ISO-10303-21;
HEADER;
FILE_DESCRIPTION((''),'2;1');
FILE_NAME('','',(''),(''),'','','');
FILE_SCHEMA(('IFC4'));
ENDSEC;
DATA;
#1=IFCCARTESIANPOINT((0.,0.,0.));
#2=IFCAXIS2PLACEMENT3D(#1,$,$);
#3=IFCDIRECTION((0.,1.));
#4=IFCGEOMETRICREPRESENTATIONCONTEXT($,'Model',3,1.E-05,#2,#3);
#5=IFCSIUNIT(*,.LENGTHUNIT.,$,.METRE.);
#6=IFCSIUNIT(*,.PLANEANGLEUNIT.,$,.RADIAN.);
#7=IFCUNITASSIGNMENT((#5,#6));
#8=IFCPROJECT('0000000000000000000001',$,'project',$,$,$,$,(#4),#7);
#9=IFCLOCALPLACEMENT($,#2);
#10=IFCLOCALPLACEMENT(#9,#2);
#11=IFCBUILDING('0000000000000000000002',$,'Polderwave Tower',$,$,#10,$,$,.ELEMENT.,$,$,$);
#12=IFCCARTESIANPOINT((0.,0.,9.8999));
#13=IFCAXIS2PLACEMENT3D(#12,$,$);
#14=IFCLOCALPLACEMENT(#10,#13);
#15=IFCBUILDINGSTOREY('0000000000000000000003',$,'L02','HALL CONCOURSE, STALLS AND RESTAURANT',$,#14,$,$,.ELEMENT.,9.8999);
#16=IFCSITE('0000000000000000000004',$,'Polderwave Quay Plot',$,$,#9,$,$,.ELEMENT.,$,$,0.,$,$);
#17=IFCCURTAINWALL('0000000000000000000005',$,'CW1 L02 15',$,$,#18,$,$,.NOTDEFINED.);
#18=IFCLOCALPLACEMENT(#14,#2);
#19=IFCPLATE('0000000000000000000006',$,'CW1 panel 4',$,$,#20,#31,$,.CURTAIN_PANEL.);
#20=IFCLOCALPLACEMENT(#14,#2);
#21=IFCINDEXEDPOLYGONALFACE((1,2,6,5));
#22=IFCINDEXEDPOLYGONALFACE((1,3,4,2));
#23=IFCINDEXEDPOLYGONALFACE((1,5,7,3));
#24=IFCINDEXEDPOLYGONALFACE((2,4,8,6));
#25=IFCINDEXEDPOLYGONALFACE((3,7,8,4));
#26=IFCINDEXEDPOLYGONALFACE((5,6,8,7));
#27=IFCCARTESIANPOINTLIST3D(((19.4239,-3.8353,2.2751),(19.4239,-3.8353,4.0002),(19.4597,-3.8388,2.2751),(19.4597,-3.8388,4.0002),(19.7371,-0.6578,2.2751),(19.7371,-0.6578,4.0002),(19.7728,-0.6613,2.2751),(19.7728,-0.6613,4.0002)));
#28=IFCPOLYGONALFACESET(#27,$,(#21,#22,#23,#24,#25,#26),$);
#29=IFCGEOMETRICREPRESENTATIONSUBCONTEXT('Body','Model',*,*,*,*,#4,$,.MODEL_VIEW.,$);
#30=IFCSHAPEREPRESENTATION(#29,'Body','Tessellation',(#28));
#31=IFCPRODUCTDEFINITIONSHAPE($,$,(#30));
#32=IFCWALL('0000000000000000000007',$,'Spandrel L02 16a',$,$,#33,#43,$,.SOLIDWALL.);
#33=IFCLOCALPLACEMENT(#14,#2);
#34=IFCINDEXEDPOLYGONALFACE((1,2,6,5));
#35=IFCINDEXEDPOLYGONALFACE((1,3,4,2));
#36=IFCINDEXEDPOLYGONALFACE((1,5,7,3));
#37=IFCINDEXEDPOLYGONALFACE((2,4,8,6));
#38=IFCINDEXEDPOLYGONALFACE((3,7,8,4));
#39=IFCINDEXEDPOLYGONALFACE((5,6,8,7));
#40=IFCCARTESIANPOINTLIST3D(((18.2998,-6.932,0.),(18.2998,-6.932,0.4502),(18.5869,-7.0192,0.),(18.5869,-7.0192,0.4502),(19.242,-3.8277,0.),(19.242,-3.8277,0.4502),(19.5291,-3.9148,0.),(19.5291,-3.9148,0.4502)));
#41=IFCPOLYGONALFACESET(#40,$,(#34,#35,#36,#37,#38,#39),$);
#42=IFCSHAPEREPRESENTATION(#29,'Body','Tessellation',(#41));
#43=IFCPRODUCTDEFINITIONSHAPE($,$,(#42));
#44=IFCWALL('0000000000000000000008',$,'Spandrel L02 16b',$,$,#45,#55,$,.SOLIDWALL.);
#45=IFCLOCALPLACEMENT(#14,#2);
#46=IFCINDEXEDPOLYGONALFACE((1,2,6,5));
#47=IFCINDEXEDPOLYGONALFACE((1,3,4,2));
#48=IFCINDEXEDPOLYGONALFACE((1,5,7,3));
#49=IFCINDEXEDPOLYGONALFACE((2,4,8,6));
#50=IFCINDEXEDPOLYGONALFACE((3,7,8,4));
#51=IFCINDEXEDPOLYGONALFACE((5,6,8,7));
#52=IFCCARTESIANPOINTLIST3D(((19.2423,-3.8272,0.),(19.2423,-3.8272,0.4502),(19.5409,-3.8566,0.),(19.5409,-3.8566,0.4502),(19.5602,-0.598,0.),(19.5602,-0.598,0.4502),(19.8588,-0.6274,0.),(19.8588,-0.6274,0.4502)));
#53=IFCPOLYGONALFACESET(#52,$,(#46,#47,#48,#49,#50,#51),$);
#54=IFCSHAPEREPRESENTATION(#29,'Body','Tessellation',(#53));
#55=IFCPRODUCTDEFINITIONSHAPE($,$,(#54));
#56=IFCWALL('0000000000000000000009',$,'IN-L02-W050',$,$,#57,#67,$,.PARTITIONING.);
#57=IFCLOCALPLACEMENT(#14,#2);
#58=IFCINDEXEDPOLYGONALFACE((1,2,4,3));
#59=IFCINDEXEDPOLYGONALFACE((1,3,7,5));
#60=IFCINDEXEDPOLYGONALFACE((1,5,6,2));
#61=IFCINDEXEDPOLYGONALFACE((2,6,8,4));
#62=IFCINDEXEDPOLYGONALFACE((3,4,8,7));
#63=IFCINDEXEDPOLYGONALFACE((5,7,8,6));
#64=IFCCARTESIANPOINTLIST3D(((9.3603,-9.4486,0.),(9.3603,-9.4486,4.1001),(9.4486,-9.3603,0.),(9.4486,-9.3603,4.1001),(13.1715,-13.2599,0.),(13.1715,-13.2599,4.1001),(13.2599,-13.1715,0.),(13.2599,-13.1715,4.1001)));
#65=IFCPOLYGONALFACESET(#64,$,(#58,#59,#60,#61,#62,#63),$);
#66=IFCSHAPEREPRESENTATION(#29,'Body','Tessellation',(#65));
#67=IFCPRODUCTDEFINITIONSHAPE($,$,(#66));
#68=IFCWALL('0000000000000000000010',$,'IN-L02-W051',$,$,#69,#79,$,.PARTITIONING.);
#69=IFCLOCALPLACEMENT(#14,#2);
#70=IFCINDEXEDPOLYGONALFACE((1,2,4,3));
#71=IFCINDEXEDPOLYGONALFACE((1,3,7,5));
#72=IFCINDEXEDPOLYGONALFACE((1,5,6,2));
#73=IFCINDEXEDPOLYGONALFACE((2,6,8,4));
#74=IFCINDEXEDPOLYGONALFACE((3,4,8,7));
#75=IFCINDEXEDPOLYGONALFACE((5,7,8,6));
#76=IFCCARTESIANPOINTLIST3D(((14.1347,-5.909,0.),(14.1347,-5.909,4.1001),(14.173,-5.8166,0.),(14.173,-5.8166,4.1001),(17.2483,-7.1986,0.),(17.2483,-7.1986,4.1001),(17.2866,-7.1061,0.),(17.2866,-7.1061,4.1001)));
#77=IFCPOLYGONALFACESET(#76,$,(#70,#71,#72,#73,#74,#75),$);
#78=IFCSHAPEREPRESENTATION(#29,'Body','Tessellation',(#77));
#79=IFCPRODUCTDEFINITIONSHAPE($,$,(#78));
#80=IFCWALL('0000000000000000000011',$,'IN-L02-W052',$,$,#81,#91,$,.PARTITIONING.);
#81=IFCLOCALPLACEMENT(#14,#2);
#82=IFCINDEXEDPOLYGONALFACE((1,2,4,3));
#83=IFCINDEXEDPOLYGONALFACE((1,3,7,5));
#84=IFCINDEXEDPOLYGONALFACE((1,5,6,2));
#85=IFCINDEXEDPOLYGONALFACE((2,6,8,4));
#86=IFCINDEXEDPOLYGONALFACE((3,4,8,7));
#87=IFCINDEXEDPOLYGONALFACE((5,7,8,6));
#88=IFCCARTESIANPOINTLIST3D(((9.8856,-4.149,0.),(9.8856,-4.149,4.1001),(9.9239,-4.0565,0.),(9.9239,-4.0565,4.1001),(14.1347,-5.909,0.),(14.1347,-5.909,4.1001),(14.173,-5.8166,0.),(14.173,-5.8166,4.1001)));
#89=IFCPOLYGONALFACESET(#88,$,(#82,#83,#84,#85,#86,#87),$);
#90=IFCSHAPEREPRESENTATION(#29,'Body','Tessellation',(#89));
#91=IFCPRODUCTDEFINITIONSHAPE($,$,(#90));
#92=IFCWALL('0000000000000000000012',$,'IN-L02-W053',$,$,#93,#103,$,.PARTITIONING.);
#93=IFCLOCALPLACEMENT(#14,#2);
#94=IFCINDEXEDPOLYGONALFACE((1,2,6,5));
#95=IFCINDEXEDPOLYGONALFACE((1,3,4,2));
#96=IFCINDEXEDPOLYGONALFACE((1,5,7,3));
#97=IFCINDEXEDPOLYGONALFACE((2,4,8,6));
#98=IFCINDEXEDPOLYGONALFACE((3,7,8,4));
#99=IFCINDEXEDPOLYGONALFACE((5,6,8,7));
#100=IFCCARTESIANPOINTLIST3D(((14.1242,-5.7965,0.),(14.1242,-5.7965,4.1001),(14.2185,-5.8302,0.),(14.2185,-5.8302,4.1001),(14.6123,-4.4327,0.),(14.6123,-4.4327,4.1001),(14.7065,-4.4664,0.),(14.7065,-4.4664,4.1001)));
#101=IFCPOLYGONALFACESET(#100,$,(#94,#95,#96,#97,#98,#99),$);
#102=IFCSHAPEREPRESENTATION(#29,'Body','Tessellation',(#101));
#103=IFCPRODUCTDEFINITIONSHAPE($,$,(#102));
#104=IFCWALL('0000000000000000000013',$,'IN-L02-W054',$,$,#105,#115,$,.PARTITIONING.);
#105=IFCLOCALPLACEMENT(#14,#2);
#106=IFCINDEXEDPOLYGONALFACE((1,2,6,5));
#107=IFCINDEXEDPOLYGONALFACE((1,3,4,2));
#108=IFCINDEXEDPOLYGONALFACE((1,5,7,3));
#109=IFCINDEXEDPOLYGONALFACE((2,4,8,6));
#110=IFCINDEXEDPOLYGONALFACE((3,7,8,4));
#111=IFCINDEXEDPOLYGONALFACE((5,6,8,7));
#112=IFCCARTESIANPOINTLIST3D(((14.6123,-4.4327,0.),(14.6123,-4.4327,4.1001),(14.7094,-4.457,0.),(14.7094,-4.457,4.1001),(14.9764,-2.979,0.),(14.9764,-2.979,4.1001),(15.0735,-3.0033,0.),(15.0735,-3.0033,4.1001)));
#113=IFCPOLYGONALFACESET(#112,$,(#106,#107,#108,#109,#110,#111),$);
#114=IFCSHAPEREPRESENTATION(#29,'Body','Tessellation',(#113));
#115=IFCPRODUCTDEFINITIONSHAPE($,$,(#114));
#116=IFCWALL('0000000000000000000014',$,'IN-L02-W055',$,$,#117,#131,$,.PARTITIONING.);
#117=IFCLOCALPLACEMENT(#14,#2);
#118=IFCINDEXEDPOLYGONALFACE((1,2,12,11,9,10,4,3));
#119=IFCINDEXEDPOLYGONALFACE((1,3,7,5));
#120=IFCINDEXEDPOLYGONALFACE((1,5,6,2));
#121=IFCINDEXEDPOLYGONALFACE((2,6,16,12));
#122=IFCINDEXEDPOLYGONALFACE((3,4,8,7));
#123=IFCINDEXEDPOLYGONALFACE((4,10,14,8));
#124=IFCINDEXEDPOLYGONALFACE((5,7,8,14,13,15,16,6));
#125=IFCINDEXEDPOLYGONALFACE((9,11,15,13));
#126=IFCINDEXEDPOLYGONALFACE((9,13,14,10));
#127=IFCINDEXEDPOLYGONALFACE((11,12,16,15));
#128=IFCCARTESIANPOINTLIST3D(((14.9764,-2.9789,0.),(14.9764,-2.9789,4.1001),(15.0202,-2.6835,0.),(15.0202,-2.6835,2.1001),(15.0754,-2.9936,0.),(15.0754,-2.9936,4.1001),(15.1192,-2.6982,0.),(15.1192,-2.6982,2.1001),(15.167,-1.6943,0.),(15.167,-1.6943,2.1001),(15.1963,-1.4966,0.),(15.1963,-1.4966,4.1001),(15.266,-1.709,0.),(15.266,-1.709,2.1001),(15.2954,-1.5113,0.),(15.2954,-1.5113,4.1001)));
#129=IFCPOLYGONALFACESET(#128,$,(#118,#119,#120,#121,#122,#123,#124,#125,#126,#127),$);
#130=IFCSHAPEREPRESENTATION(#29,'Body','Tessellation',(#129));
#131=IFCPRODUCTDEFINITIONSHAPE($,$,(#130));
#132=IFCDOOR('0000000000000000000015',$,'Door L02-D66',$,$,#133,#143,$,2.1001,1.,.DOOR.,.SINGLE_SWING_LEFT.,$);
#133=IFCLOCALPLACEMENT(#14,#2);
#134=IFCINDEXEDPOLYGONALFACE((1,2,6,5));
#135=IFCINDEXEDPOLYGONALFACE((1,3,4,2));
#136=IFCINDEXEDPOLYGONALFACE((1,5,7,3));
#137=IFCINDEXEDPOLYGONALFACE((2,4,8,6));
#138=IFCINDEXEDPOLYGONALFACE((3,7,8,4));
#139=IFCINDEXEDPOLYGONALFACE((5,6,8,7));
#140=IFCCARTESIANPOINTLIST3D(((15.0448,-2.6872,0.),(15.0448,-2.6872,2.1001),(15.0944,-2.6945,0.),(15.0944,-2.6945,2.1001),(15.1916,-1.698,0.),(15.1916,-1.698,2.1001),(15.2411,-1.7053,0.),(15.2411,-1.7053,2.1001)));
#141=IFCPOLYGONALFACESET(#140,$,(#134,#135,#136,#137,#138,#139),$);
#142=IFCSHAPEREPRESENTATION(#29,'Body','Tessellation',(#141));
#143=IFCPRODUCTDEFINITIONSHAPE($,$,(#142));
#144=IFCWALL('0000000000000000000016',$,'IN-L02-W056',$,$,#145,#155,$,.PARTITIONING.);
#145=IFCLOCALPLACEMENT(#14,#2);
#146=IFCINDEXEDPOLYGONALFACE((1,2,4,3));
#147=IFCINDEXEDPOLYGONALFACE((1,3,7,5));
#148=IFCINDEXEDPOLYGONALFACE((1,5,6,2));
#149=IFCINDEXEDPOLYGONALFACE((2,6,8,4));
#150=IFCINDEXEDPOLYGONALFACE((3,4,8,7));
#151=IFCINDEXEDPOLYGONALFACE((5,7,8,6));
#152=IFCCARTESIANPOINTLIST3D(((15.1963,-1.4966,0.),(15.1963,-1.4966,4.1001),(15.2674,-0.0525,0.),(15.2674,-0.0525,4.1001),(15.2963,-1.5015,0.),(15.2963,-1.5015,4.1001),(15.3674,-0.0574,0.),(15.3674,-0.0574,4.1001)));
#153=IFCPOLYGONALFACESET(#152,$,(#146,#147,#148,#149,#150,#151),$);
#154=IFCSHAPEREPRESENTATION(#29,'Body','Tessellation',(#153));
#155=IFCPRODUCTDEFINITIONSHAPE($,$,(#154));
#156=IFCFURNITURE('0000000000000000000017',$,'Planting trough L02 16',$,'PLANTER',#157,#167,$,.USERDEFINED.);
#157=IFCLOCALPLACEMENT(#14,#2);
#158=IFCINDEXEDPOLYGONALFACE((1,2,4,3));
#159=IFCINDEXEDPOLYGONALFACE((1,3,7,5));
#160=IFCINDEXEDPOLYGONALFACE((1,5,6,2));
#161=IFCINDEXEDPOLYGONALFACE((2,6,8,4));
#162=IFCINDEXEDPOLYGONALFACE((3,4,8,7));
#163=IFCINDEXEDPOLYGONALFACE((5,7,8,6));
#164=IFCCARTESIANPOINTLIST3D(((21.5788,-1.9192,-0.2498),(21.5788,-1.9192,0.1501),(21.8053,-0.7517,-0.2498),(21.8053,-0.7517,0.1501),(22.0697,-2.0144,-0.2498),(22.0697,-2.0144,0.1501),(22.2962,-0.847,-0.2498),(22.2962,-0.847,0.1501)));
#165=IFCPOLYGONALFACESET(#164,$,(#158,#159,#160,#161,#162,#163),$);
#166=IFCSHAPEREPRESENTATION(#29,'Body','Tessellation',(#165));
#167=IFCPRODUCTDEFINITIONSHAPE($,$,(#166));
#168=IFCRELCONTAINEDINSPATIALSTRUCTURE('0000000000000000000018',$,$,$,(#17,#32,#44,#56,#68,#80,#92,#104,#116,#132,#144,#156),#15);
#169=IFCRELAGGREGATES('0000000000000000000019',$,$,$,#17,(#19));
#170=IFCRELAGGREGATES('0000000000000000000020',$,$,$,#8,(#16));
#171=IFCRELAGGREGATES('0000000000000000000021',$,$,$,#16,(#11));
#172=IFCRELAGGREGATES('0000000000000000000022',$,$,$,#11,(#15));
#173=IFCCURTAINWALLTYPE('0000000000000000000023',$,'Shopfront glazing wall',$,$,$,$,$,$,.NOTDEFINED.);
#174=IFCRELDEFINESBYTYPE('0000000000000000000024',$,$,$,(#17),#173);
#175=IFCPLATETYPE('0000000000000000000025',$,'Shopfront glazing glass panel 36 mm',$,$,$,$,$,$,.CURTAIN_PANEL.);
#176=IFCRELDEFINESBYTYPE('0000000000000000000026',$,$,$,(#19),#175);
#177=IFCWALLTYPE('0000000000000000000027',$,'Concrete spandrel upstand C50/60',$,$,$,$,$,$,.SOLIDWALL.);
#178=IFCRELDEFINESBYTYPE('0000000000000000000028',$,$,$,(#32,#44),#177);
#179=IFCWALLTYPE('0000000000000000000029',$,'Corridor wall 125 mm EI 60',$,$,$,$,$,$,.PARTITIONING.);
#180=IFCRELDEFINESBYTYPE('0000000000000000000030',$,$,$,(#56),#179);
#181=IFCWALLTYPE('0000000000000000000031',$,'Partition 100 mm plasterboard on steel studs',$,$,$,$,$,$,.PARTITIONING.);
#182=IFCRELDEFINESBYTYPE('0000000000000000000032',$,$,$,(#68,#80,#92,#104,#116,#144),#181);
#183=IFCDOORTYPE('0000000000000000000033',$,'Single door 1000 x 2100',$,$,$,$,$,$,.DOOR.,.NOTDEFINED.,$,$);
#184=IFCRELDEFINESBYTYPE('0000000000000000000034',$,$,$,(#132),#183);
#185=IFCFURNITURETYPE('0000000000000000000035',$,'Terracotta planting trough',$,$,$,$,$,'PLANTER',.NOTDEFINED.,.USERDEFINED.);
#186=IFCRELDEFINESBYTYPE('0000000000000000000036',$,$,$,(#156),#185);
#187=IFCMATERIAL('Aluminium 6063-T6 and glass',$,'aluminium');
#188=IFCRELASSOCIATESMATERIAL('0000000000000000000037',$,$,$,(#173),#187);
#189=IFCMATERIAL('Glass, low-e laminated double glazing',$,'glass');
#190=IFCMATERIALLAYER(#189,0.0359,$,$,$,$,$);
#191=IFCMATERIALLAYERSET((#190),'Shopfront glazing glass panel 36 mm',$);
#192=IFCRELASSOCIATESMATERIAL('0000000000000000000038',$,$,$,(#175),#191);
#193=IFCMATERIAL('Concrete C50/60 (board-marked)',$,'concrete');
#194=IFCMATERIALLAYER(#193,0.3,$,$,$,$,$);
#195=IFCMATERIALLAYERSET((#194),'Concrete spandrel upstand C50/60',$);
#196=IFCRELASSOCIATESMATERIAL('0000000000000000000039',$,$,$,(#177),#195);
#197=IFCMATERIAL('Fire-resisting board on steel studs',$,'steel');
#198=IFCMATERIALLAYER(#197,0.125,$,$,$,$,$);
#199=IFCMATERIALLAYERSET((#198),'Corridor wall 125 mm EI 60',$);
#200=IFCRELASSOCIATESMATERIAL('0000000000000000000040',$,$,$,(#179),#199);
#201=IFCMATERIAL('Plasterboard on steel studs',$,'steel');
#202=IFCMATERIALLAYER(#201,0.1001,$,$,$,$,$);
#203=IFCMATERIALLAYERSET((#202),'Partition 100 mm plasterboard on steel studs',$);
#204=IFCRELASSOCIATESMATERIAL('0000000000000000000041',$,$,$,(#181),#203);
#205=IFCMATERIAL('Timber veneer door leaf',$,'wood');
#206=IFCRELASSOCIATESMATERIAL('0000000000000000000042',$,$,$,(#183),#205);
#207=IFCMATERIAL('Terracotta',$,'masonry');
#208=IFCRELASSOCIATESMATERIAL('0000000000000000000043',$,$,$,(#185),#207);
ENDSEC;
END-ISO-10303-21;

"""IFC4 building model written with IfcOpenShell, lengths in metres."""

from ifc_helpers import new_model, si_unit, direction, frame, frame_2d, origin, origin_2d, place, context, subcontext, project, spatial, rectangle, extrude, material, layer, layer_set, type_object, element, fill, aggregate, save


model = new_model("IFC4")

# Units and contexts
model_context = context("Model", 3, precision=1e-05, world=origin(), true_north=direction((0.0, 1.0)))
body_context = subcontext(model_context, "Body", "Model", "MODEL_VIEW")
ifc_project = project(units=[si_unit("LENGTHUNIT", "METRE"), si_unit("PLANEANGLEUNIT", "RADIAN")], contexts=[model_context])

# Site, building, storey
site_placement = place(None, origin())
site = spatial("IfcSite", under=ifc_project, at=site_placement, Name="Polderwave Quay Plot", CompositionType="ELEMENT", RefElevation=0.0)
building_placement = place(site_placement, origin())
building = spatial("IfcBuilding", under=site, at=building_placement, Name="Polderwave Tower", CompositionType="ELEMENT")
storey_placement = place(building_placement, frame((0.0, 0.0, 9.8999)))
storey = spatial("IfcBuildingStorey", under=building, at=storey_placement, Name="L02", Description="HALL CONCOURSE, STALLS AND RESTAURANT", CompositionType="ELEMENT", Elevation=9.8999)

# Shared definitions
ifc_material_1 = material(Name="Aluminium 6063-T6 and glass", Category="aluminium")
curtain_wall_type = type_object("IfcCurtainWallType", Name="Shopfront glazing wall", PredefinedType="NOTDEFINED", material=ifc_material_1)

# Curtain wall, plate
curtain_wall_1_placement = place(storey_placement, origin())
curtain_wall_1 = element("IfcCurtainWall", 1, at=curtain_wall_1_placement, inside=storey, type_object=curtain_wall_type, Name="CW1 L02 15", PredefinedType="NOTDEFINED")
ifc_material_2 = material(Name="Glass, low-e laminated double glazing", Category="glass")
ifc_layer_1 = layer(ifc_material_2, 0.0359)
ifc_layer_set_1 = layer_set([ifc_layer_1], Name="Shopfront glazing glass panel 36 mm")
plate_type = type_object("IfcPlateType", Name="Shopfront glazing glass panel 36 mm", PredefinedType="CURTAIN_PANEL", material=ifc_layer_set_1)
plate_1_placement = place(storey_placement, frame((19.5984, -2.2483, 2.2751), z_axis=(0.0, 0.0, 1.0), x_axis=(0.098087, 0.995178, 0.0)))
plate_1 = element("IfcPlate", 2, at=plate_1_placement, type_object=plate_type, Name="CW1 panel 4", PredefinedType="CURTAIN_PANEL", context=body_context, shape_type="SweptSolid", body=[
    extrude(rectangle(XDim=3.1929, YDim=0.0359, at=origin_2d()), origin(), (0.0, 0.0, 1.0), 1.7251),
])
aggregate(curtain_wall_1, [plate_1])

# Walls
ifc_material_3 = material(Name="Concrete C50/60 (board-marked)", Category="concrete")
ifc_layer_2 = layer(ifc_material_3, 0.3)
ifc_layer_set_2 = layer_set([ifc_layer_2], Name="Concrete spandrel upstand C50/60")
wall_type_1 = type_object("IfcWallType", Name="Concrete spandrel upstand C50/60", PredefinedType="SOLIDWALL", material=ifc_layer_set_2)
wall_1_placement = place(storey_placement, frame((18.4434, -6.9756, 0.0), z_axis=(0.0, 0.0, 1.0), x_axis=(0.290419, 0.9569, 0.0)))
element("IfcWall", 3, at=wall_1_placement, inside=storey, type_object=wall_type_1, Name="Spandrel L02 16a", PredefinedType="SOLIDWALL", context=body_context, shape_type="SweptSolid", body=[
    extrude(rectangle(XDim=3.2441, YDim=0.3, at=frame_2d((1.6221, 0.0))), origin(), (0.0, 0.0, 1.0), 0.4502),
])
wall_2_placement = place(storey_placement, frame((19.3916, -3.842, 0.0), z_axis=(0.0, 0.0, 1.0), x_axis=(0.097962, 0.99519, 0.0)))
element("IfcWall", 4, at=wall_2_placement, inside=storey, type_object=wall_type_1, Name="Spandrel L02 16b", PredefinedType="SOLIDWALL", context=body_context, shape_type="SweptSolid", body=[
    extrude(rectangle(XDim=3.2449, YDim=0.3, at=frame_2d((1.6226, 0.0))), origin(), (0.0, 0.0, 1.0), 0.4502),
])
ifc_material_4 = material(Name="Fire-resisting board on steel studs", Category="steel")
ifc_layer_3 = layer(ifc_material_4, 0.125)
ifc_layer_set_3 = layer_set([ifc_layer_3], Name="Corridor wall 125 mm EI 60")
wall_type_2 = type_object("IfcWallType", Name="Corridor wall 125 mm EI 60", PredefinedType="PARTITIONING", material=ifc_layer_set_3)
wall_3_placement = place(storey_placement, frame((9.4045, -9.4045, 0.0), z_axis=(0.0, 0.0, 1.0), x_axis=(0.707107, -0.707107, 0.0)))
element("IfcWall", 5, at=wall_3_placement, inside=storey, type_object=wall_type_2, Name="IN-L02-W050", PredefinedType="PARTITIONING", context=body_context, shape_type="SweptSolid", body=[
    extrude(rectangle(XDim=5.3899, YDim=0.125, at=frame_2d((2.6948, 0.0))), origin(), (0.0, 0.0, 1.0), 4.1001),
])
ifc_material_5 = material(Name="Plasterboard on steel studs", Category="steel")
ifc_layer_4 = layer(ifc_material_5, 0.1001)
ifc_layer_set_4 = layer_set([ifc_layer_4], Name="Partition 100 mm plasterboard on steel studs")
wall_type_3 = type_object("IfcWallType", Name="Partition 100 mm plasterboard on steel studs", PredefinedType="PARTITIONING", material=ifc_layer_set_4)
wall_4_placement = place(storey_placement, frame((14.1538, -5.8628, 0.0), z_axis=(0.0, 0.0, 1.0), x_axis=(0.923891, -0.382655, 0.0)))
element("IfcWall", 6, at=wall_4_placement, inside=storey, type_object=wall_type_3, Name="IN-L02-W051", PredefinedType="PARTITIONING", context=body_context, shape_type="SweptSolid", body=[
    extrude(rectangle(XDim=3.3701, YDim=0.1001, at=frame_2d((1.6851, 0.0))), origin(), (0.0, 0.0, 1.0), 4.1001),
])
wall_5_placement = place(storey_placement, frame((9.9048, -4.1028, 0.0), z_axis=(0.0, 0.0, 1.0), x_axis=(0.923879, -0.382685, 0.0)))
element("IfcWall", 7, at=wall_5_placement, inside=storey, type_object=wall_type_3, Name="IN-L02-W052", PredefinedType="PARTITIONING", context=body_context, shape_type="SweptSolid", body=[
    extrude(rectangle(XDim=4.5991, YDim=0.1001, at=frame_2d((2.2996, 0.0))), origin(), (0.0, 0.0, 1.0), 4.1001),
])
wall_6_placement = place(storey_placement, frame((14.1714, -5.8132, 0.0), z_axis=(0.0, 0.0, 1.0), x_axis=(0.336934, 0.941528, 0.0)))
element("IfcWall", 8, at=wall_6_placement, inside=storey, type_object=wall_type_3, Name="IN-L02-W053", PredefinedType="PARTITIONING", context=body_context, shape_type="SweptSolid", body=[
    extrude(rectangle(XDim=1.4485, YDim=0.1001, at=frame_2d((0.7241, 0.0))), origin(), (0.0, 0.0, 1.0), 4.1001),
])
wall_7_placement = place(storey_placement, frame((14.6609, -4.4448, 0.0), z_axis=(0.0, 0.0, 1.0), x_axis=(0.242919, 0.970047, 0.0)))
element("IfcWall", 9, at=wall_7_placement, inside=storey, type_object=wall_type_3, Name="IN-L02-W054", PredefinedType="PARTITIONING", context=body_context, shape_type="SweptSolid", body=[
    extrude(rectangle(XDim=1.4985, YDim=0.1001, at=frame_2d((0.7493, 0.0))), origin(), (0.0, 0.0, 1.0), 4.1001),
])

# Wall, opening, door
wall_8_placement = place(storey_placement, frame((15.2458, -1.5039, 0.0), z_axis=(0.0, 0.0, 1.0), x_axis=(-0.146779, -0.989169, 0.0)))
wall_8 = element("IfcWall", 10, at=wall_8_placement, inside=storey, type_object=wall_type_3, Name="IN-L02-W055", PredefinedType="PARTITIONING", context=body_context, shape_type="SweptSolid", body=[
    extrude(rectangle(XDim=1.4985, YDim=0.1001, at=frame_2d((0.7493, 0.0))), origin(), (0.0, 0.0, 1.0), 4.1001),
])
opening_placement = place(wall_8_placement, frame((0.2, 0.0, 0.0)))
opening = element("IfcOpeningElement", 11, at=opening_placement, cuts=wall_8, PredefinedType="OPENING", context=body_context, shape_type="SweptSolid", body=[
    extrude(rectangle(XDim=1.0, YDim=2.1001, at=frame_2d((0.5, 1.05))), frame((0.0, 0.0601, 0.0), z_axis=(0.0, -1.0, 0.0), x_axis=(1.0, 0.0, 0.0)), (0.0, 0.0, 1.0), 0.1201),
])
ifc_material_6 = material(Name="Timber veneer door leaf", Category="wood")
door_type = type_object("IfcDoorType", Name="Single door 1000 x 2100", OperationType="NOTDEFINED", PredefinedType="DOOR", material=ifc_material_6)
door_placement = place(opening_placement, origin())
door = element("IfcDoor", 12, at=door_placement, inside=storey, type_object=door_type, Name="Door L02-D66", OperationType="SINGLE_SWING_LEFT", OverallHeight=2.1001, OverallWidth=1.0, PredefinedType="DOOR", context=body_context, shape_type="SweptSolid", body=[
    extrude(rectangle(XDim=1.0, YDim=2.1001, at=frame_2d((0.5, 1.05))), frame((0.0, 0.0249, 0.0), z_axis=(0.0, -1.0, 0.0), x_axis=(1.0, 0.0, 0.0)), (0.0, 0.0, 1.0), 0.05),
])
fill(opening, door)

# Wall
wall_9_placement = place(storey_placement, frame((15.2463, -1.499, 0.0), z_axis=(0.0, 0.0, 1.0), x_axis=(0.049138, 0.998792, 0.0)))
element("IfcWall", 13, at=wall_9_placement, inside=storey, type_object=wall_type_3, Name="IN-L02-W056", PredefinedType="PARTITIONING", context=body_context, shape_type="SweptSolid", body=[
    extrude(rectangle(XDim=1.4458, YDim=0.1001, at=frame_2d((0.7229, 0.0))), origin(), (0.0, 0.0, 1.0), 4.1001),
])

# Furniture
ifc_material_7 = material(Name="Terracotta", Category="masonry")
furniture_type = type_object("IfcFurnitureType", Name="Terracotta planting trough", ElementType="PLANTER", AssemblyPlace="NOTDEFINED", PredefinedType="USERDEFINED", material=ifc_material_7)
furniture_placement = place(storey_placement, frame((21.9375, -1.3831, -0.2498), z_axis=(0.0, 0.0, 1.0), x_axis=(0.190465, 0.981694, 0.0)))
element("IfcFurniture", 14, at=furniture_placement, inside=storey, type_object=furniture_type, Name="Planting trough L02 16", ObjectType="PLANTER", PredefinedType="USERDEFINED", context=body_context, shape_type="SweptSolid", body=[
    extrude(rectangle(XDim=1.1892, YDim=0.5, at=origin_2d()), origin(), (0.0, 0.0, 1.0), 0.3999),
])

save(model, "model.ifc")
